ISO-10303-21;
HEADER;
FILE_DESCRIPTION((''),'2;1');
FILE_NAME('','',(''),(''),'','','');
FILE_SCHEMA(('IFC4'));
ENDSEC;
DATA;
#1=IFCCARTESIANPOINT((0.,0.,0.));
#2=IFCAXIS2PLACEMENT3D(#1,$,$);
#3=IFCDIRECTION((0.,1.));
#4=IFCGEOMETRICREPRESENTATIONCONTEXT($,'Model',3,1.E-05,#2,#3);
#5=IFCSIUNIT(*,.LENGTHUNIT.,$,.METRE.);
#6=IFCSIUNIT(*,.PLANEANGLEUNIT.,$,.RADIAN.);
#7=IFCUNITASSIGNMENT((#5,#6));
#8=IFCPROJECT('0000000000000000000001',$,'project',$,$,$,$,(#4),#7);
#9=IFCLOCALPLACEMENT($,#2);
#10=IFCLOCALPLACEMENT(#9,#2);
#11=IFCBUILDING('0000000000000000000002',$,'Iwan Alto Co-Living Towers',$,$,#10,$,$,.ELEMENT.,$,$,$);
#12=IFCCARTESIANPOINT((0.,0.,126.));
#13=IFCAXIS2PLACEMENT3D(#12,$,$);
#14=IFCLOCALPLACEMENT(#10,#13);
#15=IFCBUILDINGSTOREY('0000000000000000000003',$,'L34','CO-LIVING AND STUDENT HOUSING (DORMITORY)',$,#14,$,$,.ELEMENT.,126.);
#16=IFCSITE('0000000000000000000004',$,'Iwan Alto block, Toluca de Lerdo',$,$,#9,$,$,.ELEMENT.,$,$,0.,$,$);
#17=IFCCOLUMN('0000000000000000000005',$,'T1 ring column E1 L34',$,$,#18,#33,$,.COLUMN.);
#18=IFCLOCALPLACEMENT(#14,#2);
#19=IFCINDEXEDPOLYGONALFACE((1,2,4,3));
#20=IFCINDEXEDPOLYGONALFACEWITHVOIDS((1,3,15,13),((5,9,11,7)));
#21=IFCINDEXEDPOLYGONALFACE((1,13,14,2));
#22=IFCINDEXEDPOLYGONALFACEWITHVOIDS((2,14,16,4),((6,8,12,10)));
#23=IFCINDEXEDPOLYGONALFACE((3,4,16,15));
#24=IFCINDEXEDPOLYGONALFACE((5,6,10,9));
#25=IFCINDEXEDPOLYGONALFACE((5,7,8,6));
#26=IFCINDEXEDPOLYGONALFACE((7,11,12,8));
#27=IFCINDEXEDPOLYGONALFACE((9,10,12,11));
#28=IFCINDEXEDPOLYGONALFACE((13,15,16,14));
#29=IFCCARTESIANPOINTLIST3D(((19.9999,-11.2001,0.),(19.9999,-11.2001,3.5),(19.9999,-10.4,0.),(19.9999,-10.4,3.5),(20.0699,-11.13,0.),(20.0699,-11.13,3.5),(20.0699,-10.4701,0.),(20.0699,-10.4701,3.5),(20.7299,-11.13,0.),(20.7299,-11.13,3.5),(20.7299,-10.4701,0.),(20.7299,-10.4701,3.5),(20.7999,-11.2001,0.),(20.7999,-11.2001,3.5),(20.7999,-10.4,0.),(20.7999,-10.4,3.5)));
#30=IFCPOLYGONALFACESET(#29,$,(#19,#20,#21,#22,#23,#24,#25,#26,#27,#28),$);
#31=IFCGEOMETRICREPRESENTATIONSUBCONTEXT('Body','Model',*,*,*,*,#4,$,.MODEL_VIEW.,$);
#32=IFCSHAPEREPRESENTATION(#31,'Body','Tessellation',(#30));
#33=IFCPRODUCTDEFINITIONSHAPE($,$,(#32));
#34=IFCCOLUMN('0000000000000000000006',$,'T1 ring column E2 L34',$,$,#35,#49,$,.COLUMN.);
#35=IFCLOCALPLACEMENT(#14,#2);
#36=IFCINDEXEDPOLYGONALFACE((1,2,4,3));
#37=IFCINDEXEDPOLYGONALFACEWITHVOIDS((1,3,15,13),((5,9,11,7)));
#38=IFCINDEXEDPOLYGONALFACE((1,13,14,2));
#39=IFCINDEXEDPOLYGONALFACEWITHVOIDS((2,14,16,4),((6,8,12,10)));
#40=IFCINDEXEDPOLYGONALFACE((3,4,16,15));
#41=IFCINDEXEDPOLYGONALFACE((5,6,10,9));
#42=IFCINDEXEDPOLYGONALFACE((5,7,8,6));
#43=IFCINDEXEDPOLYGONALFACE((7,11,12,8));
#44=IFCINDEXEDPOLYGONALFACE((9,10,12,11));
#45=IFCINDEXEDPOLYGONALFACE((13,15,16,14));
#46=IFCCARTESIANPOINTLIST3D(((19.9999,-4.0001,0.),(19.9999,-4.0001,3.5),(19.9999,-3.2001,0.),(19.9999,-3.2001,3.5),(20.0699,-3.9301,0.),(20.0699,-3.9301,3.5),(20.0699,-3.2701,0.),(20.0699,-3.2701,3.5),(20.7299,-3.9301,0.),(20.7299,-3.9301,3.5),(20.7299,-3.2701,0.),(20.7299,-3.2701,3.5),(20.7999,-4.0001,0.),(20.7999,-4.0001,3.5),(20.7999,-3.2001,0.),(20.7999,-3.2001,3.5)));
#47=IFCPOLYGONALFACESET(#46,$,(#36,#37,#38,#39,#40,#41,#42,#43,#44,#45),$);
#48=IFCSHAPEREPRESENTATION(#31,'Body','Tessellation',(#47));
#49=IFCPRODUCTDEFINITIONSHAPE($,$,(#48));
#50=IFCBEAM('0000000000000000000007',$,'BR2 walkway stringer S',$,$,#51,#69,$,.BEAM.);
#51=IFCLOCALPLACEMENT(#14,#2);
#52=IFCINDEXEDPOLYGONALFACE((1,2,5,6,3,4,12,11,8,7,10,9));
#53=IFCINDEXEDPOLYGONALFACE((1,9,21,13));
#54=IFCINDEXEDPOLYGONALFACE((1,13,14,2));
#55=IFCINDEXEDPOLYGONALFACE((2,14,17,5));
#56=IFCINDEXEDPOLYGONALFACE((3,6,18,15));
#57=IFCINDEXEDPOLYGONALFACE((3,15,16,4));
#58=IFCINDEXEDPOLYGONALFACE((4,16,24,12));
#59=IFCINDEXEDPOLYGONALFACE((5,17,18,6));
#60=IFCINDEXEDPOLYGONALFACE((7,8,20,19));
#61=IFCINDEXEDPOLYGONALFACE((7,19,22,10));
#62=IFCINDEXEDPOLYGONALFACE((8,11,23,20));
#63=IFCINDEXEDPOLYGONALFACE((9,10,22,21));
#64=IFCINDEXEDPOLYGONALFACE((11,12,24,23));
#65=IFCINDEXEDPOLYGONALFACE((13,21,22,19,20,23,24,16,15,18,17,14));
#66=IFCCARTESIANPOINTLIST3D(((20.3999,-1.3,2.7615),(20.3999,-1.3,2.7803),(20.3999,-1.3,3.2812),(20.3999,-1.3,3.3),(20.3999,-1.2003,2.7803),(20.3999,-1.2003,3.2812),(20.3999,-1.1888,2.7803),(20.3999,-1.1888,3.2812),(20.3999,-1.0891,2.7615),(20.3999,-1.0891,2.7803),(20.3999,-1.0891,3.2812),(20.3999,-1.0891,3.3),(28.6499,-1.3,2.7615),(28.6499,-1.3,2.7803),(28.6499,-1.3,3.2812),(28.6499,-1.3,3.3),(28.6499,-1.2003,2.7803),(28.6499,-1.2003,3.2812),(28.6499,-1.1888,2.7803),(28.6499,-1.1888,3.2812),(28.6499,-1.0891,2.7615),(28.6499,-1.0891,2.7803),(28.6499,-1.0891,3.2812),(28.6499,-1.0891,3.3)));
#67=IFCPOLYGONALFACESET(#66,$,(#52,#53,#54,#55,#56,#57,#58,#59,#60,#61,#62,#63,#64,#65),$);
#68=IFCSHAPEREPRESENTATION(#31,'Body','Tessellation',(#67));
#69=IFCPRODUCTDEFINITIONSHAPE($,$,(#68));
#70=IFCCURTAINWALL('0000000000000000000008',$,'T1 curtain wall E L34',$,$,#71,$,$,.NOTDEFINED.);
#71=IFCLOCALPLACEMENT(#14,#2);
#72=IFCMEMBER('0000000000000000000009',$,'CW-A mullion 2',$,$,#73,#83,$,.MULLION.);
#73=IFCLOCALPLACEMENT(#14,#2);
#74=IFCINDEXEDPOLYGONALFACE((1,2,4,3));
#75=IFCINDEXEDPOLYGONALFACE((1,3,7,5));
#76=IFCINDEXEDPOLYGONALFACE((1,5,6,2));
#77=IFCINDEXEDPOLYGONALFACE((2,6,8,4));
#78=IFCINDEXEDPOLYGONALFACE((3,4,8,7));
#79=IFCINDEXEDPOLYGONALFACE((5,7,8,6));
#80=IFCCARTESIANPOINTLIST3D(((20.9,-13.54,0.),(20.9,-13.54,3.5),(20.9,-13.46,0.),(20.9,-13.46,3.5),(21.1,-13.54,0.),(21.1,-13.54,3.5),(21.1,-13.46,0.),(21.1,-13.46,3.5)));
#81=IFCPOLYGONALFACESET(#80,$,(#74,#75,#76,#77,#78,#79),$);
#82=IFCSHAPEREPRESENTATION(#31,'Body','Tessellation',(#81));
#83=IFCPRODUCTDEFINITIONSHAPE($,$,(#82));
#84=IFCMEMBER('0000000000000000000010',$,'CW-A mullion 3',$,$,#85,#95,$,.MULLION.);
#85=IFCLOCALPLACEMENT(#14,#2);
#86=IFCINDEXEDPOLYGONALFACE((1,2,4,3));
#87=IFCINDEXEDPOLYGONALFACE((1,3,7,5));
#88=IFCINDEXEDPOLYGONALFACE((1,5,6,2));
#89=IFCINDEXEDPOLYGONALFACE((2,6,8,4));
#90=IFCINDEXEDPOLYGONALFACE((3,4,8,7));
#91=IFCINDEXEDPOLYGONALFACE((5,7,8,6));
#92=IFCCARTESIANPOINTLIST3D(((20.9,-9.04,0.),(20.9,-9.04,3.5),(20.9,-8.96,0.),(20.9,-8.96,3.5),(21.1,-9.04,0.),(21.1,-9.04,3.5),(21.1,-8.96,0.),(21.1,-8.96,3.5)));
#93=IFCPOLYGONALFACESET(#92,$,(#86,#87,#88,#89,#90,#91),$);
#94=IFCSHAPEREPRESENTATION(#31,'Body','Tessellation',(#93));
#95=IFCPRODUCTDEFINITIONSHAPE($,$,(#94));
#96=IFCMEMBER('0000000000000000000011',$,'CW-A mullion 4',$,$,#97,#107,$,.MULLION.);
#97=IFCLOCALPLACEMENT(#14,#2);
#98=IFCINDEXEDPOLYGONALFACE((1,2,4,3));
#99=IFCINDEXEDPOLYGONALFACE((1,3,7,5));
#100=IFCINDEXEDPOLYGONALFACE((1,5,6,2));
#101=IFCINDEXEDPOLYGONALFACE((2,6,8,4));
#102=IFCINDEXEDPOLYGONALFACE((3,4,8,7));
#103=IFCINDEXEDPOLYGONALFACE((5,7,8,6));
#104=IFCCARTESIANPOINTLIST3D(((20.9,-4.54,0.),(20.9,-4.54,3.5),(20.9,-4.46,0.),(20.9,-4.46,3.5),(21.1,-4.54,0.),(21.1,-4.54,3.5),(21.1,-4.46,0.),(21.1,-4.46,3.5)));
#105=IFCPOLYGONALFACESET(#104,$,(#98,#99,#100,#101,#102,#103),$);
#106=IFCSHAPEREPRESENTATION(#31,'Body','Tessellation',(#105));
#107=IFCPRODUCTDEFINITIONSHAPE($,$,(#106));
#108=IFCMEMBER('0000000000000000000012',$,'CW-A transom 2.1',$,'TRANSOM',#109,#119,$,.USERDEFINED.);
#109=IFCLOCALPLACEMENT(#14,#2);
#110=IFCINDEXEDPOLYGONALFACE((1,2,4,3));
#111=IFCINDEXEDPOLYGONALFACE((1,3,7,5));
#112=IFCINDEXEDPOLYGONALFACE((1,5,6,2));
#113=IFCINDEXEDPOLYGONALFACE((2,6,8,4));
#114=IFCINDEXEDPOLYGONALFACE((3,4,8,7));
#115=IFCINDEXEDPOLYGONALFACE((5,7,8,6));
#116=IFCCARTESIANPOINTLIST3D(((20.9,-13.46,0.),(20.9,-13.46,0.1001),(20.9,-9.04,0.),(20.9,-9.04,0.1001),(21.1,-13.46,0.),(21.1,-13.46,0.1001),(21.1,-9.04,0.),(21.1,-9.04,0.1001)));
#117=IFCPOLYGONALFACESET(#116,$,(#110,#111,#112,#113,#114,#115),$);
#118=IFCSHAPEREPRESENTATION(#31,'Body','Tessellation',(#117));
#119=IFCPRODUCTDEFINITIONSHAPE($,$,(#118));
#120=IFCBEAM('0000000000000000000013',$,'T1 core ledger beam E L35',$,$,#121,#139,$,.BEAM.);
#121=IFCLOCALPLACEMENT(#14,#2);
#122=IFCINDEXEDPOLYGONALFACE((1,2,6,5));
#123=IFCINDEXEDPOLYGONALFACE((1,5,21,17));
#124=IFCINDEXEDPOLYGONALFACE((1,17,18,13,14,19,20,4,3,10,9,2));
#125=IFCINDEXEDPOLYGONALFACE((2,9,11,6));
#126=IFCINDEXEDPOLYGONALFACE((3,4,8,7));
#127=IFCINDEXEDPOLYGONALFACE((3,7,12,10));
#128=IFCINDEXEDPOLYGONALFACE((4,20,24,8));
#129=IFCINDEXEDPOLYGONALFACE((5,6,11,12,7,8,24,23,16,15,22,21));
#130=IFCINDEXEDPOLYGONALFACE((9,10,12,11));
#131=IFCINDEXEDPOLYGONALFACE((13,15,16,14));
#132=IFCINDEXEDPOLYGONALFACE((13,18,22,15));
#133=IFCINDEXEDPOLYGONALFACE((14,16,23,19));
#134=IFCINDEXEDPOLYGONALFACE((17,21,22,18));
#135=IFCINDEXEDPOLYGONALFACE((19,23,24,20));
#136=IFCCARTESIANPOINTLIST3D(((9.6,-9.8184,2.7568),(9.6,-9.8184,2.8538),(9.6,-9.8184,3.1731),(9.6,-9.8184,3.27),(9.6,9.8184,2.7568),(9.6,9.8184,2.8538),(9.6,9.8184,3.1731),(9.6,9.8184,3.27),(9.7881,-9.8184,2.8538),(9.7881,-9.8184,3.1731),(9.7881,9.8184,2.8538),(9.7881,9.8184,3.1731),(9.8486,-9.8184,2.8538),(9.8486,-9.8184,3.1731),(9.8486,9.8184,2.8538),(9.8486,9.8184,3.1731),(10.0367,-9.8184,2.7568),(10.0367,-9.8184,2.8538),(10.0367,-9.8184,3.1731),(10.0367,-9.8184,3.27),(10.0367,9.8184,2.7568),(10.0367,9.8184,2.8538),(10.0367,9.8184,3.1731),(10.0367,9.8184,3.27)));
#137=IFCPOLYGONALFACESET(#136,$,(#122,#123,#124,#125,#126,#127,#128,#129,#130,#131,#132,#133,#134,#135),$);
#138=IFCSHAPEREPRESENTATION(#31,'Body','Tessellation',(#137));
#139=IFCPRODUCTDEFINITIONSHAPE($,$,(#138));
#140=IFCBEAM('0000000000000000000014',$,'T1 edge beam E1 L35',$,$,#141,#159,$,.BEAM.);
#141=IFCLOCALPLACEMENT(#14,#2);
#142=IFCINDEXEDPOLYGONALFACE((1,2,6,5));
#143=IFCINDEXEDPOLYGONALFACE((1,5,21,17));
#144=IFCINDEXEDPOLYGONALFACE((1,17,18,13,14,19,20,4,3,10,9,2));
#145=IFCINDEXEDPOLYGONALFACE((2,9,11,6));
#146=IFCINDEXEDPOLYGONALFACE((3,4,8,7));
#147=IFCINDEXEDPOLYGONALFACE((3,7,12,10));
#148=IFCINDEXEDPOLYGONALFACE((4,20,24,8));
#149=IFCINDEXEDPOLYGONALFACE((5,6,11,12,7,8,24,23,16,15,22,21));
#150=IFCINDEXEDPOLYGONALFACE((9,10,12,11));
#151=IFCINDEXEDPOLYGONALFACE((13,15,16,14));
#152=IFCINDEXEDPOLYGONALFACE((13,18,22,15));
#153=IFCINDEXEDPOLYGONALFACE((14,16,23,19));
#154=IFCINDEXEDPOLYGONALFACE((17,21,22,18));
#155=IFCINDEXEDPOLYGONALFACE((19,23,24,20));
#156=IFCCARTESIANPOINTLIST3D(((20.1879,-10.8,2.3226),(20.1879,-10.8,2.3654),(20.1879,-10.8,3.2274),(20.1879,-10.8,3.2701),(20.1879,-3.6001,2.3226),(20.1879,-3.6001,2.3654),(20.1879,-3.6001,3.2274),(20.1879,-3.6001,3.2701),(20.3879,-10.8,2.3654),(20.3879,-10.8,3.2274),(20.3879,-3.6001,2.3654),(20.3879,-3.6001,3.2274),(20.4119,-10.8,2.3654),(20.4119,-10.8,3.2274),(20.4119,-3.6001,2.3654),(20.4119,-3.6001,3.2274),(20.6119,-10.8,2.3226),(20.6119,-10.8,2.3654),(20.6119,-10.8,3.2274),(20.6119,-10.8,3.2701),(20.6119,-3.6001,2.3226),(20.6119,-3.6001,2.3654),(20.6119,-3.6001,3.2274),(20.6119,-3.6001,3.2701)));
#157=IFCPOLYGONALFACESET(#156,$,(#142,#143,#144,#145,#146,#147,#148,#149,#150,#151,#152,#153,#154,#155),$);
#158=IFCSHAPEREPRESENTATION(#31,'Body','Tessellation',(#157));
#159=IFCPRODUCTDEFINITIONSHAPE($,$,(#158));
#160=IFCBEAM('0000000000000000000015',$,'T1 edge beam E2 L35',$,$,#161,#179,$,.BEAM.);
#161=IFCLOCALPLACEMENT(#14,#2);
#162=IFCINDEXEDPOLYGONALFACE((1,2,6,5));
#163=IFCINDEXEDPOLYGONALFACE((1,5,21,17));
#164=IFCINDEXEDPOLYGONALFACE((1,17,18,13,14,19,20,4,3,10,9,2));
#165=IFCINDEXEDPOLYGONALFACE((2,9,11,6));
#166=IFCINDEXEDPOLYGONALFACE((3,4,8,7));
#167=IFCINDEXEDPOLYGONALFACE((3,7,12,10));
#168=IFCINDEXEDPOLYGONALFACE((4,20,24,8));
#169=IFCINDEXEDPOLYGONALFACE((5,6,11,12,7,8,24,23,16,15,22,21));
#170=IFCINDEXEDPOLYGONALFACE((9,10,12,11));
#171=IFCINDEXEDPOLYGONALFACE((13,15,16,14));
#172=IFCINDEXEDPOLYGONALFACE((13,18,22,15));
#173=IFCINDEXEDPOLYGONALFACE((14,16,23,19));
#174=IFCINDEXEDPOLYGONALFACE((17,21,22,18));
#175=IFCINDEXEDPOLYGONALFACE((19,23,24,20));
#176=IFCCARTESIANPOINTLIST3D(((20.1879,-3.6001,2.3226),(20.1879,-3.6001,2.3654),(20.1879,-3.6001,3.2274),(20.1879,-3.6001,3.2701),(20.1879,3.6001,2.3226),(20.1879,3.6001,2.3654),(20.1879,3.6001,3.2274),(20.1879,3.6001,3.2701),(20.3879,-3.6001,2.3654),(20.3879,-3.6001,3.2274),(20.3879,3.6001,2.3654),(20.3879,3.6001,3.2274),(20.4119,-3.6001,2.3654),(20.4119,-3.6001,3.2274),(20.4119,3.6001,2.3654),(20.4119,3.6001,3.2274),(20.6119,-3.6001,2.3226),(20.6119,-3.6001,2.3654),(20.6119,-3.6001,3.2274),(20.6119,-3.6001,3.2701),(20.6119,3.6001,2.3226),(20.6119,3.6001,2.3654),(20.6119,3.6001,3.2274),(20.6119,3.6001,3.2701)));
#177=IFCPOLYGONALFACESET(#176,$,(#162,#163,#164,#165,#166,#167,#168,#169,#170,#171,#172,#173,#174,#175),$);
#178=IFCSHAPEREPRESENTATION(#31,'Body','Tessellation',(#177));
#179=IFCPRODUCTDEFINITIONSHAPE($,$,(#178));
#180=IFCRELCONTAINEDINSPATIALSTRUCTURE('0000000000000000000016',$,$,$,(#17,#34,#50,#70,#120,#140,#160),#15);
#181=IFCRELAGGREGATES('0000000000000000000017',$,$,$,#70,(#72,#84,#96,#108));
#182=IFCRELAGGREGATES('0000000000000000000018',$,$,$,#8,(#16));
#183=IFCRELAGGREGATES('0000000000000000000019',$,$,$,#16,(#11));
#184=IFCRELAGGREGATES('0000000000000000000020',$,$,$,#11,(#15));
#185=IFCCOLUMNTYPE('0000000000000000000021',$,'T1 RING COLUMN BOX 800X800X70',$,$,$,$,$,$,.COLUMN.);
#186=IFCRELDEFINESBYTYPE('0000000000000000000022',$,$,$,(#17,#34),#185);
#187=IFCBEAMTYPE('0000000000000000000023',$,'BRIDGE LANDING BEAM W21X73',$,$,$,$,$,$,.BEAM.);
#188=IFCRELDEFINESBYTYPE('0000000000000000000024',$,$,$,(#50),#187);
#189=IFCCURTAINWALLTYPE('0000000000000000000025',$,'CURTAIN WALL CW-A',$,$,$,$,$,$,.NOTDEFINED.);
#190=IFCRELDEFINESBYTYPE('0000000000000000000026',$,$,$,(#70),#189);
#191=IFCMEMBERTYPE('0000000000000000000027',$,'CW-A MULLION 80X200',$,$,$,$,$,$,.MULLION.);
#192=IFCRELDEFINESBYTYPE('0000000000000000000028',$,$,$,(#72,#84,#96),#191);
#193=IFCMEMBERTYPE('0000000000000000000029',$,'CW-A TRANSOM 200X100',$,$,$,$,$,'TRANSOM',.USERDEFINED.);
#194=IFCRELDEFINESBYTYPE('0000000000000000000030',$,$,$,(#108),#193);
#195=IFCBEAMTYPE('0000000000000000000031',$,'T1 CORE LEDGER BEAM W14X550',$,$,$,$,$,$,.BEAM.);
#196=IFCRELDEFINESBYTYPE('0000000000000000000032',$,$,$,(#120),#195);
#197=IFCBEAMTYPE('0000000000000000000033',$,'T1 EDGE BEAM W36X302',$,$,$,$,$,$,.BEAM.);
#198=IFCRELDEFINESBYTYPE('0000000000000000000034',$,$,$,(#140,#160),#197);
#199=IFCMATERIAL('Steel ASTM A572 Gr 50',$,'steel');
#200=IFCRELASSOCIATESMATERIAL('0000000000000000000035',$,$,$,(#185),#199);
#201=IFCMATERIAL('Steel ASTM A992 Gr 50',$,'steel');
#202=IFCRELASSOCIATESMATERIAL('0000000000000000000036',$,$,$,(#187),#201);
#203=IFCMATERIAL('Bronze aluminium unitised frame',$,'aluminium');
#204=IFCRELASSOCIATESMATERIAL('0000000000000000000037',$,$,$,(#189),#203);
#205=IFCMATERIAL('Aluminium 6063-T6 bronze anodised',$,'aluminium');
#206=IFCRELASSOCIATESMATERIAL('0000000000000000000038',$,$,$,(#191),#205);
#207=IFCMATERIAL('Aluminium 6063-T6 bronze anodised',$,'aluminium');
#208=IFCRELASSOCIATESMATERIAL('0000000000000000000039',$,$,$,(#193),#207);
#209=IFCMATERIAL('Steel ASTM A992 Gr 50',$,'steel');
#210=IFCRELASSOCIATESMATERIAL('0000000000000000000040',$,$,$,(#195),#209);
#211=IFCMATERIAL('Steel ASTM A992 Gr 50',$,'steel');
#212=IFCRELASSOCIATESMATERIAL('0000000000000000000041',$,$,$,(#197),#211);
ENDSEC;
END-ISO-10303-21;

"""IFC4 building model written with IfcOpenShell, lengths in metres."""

from ifc_helpers import new_model, si_unit, direction, frame, origin, origin_2d, place, context, subcontext, project, spatial, rectangle, hollow_rectangle, i_section, extrude, material, material_profile, profile_set, type_object, element, aggregate, save


model = new_model("IFC4")

# Units and contexts
model_context = context("Model", 3, precision=1e-05, world=origin(), true_north=direction((0.0, 1.0)))
body_context = subcontext(model_context, "Body", "Model", "MODEL_VIEW")
ifc_project = project(units=[si_unit("LENGTHUNIT", "METRE"), si_unit("PLANEANGLEUNIT", "RADIAN")], contexts=[model_context])

# Site, building, storey
site_placement = place(None, origin())
site = spatial("IfcSite", under=ifc_project, at=site_placement, Name="Iwan Alto block, Toluca de Lerdo", CompositionType="ELEMENT", RefElevation=0.0)
building_placement = place(site_placement, origin())
building = spatial("IfcBuilding", under=site, at=building_placement, Name="Iwan Alto Co-Living Towers", CompositionType="ELEMENT")
storey_placement = place(building_placement, frame((0.0, 0.0, 126.0)))
storey = spatial("IfcBuildingStorey", under=building, at=storey_placement, Name="L34", Description="CO-LIVING AND STUDENT HOUSING (DORMITORY)", CompositionType="ELEMENT", Elevation=126.0)

# Columns
ifc_material_1 = material(Name="Steel ASTM A572 Gr 50", Category="steel")
ifc_material_profile_1 = material_profile(ifc_material_1, hollow_rectangle(XDim=0.8, YDim=0.8, WallThickness=0.0701, at=origin_2d()), Name="BOX 800X800X70")
ifc_profile_set_1 = profile_set([ifc_material_profile_1], Name="Steel ASTM A572 Gr 50")
column_type = type_object("IfcColumnType", Name="T1 RING COLUMN BOX 800X800X70", PredefinedType="COLUMN", material=ifc_profile_set_1)
for number, where, z_axis, x_axis, name in (
    (1, (20.3999, -10.8, 0.0), (0.0, 0.0, 1.0), (1.0, 0.0, 0.0), "T1 ring column E1 L34"),
    (2, (20.3999, -3.6001, 0.0), (0.0, 0.0, 1.0), (1.0, 0.0, 0.0), "T1 ring column E2 L34"),
):
    element("IfcColumn", number, at=place(storey_placement, frame(where, z_axis=z_axis, x_axis=x_axis)), inside=storey, type_object=column_type, Name=name, PredefinedType="COLUMN", context=body_context, shape_type="SweptSolid", body=[
        extrude(hollow_rectangle(XDim=0.8, YDim=0.8, WallThickness=0.0701, at=origin_2d()), origin(), (0.0, 0.0, 1.0), 3.5),
    ])

# Beam
ifc_material_2 = material(Name="Steel ASTM A992 Gr 50", Category="steel")
ifc_material_profile_2 = material_profile(ifc_material_2, i_section(OverallWidth=0.2109, OverallDepth=0.5386, WebThickness=0.0115, FlangeThickness=0.0188, at=origin_2d()), Name="W21X73")
ifc_profile_set_2 = profile_set([ifc_material_profile_2], Name="Steel ASTM A992 Gr 50")
beam_type_1 = type_object("IfcBeamType", Name="BRIDGE LANDING BEAM W21X73", PredefinedType="BEAM", material=ifc_profile_set_2)
beam_1_placement = place(storey_placement, frame((20.3999, -1.1946, 3.0308), z_axis=(1.0, 0.0, 0.0), x_axis=(0.0, 1.0, 0.0)))
element("IfcBeam", 3, at=beam_1_placement, inside=storey, type_object=beam_type_1, Name="BR2 walkway stringer S", PredefinedType="BEAM", context=body_context, shape_type="SweptSolid", body=[
    extrude(i_section(OverallWidth=0.2109, OverallDepth=0.5386, WebThickness=0.0115, FlangeThickness=0.0188, at=origin_2d()), origin(), (0.0, 0.0, 1.0), 8.25),
])

# Curtain wall, members
ifc_material_3 = material(Name="Bronze aluminium unitised frame", Category="aluminium")
curtain_wall_type = type_object("IfcCurtainWallType", Name="CURTAIN WALL CW-A", PredefinedType="NOTDEFINED", material=ifc_material_3)
curtain_wall_placement = place(storey_placement, origin())
curtain_wall = element("IfcCurtainWall", 4, at=curtain_wall_placement, inside=storey, type_object=curtain_wall_type, Name="T1 curtain wall E L34", PredefinedType="NOTDEFINED")
ifc_material_4 = material(Name="Aluminium 6063-T6 bronze anodised", Category="aluminium")
ifc_material_profile_3 = material_profile(ifc_material_4, rectangle(XDim=0.2, YDim=0.0801, at=origin_2d()), Name="AL 80X200")
ifc_profile_set_3 = profile_set([ifc_material_profile_3], Name="Aluminium 6063-T6 bronze anodised")
member_type_1 = type_object("IfcMemberType", Name="CW-A MULLION 80X200", PredefinedType="MULLION", material=ifc_profile_set_3)
member_1_placement = place(storey_placement, frame((21.0, -13.5, 0.0), z_axis=(0.0, 0.0, 1.0), x_axis=(-1.0, 0.0, 0.0)))
member_1 = element("IfcMember", 5, at=member_1_placement, type_object=member_type_1, Name="CW-A mullion 2", PredefinedType="MULLION", context=body_context, shape_type="SweptSolid", body=[
    extrude(rectangle(XDim=0.2, YDim=0.0801, at=origin_2d()), origin(), (0.0, 0.0, 1.0), 3.5),
])
member_2_placement = place(storey_placement, frame((21.0, -9.0, 0.0), z_axis=(0.0, 0.0, 1.0), x_axis=(-1.0, 0.0, 0.0)))
member_2 = element("IfcMember", 6, at=member_2_placement, type_object=member_type_1, Name="CW-A mullion 3", PredefinedType="MULLION", context=body_context, shape_type="SweptSolid", body=[
    extrude(rectangle(XDim=0.2, YDim=0.0801, at=origin_2d()), origin(), (0.0, 0.0, 1.0), 3.5),
])
member_3_placement = place(storey_placement, frame((21.0, -4.5, 0.0), z_axis=(0.0, 0.0, 1.0), x_axis=(-1.0, 0.0, 0.0)))
member_3 = element("IfcMember", 7, at=member_3_placement, type_object=member_type_1, Name="CW-A mullion 4", PredefinedType="MULLION", context=body_context, shape_type="SweptSolid", body=[
    extrude(rectangle(XDim=0.2, YDim=0.0801, at=origin_2d()), origin(), (0.0, 0.0, 1.0), 3.5),
])
ifc_material_5 = material(Name="Aluminium 6063-T6 bronze anodised", Category="aluminium")
ifc_material_profile_4 = material_profile(ifc_material_5, rectangle(XDim=0.2, YDim=0.1001, at=origin_2d()), Name="AL 200X100")
ifc_profile_set_4 = profile_set([ifc_material_profile_4], Name="Aluminium 6063-T6 bronze anodised")
member_type_2 = type_object("IfcMemberType", Name="CW-A TRANSOM 200X100", ElementType="TRANSOM", PredefinedType="USERDEFINED", material=ifc_profile_set_4)
member_4_placement = place(storey_placement, frame((21.0, -13.46, 0.05), z_axis=(0.0, 1.0, 0.0), x_axis=(-1.0, 0.0, 0.0)))
member_4 = element("IfcMember", 8, at=member_4_placement, type_object=member_type_2, Name="CW-A transom 2.1", ObjectType="TRANSOM", PredefinedType="USERDEFINED", context=body_context, shape_type="SweptSolid", body=[
    extrude(rectangle(XDim=0.2, YDim=0.1001, at=origin_2d()), origin(), (0.0, 0.0, 1.0), 4.4199),
])
aggregate(curtain_wall, [member_1, member_2, member_3, member_4])

# Beams
ifc_material_6 = material(Name="Steel ASTM A992 Gr 50", Category="steel")
ifc_material_profile_5 = material_profile(ifc_material_6, i_section(OverallWidth=0.4368, OverallDepth=0.5132, WebThickness=0.0605, FlangeThickness=0.0969, at=origin_2d()), Name="W14X550")
ifc_profile_set_5 = profile_set([ifc_material_profile_5], Name="Steel ASTM A992 Gr 50")
beam_type_2 = type_object("IfcBeamType", Name="T1 CORE LEDGER BEAM W14X550", PredefinedType="BEAM", material=ifc_profile_set_5)
beam_2_placement = place(storey_placement, frame((9.8184, -9.8184, 3.0134), z_axis=(0.0, 1.0, 0.0), x_axis=(-1.0, 0.0, 0.0)))
element("IfcBeam", 9, at=beam_2_placement, inside=storey, type_object=beam_type_2, Name="T1 core ledger beam E L35", PredefinedType="BEAM", context=body_context, shape_type="SweptSolid", body=[
    extrude(i_section(OverallWidth=0.4368, OverallDepth=0.5132, WebThickness=0.0605, FlangeThickness=0.0969, at=origin_2d()), origin(), (0.0, 0.0, 1.0), 19.6367),
])
ifc_material_7 = material(Name="Steel ASTM A992 Gr 50", Category="steel")
ifc_material_profile_6 = material_profile(ifc_material_7, i_section(OverallWidth=0.4241, OverallDepth=0.9475, WebThickness=0.0239, FlangeThickness=0.0427, at=origin_2d()), Name="W36X302")
ifc_profile_set_6 = profile_set([ifc_material_profile_6], Name="Steel ASTM A992 Gr 50")
beam_type_3 = type_object("IfcBeamType", Name="T1 EDGE BEAM W36X302", PredefinedType="BEAM", material=ifc_profile_set_6)
beam_3_placement = place(storey_placement, frame((20.3999, -10.8, 2.7964), z_axis=(0.0, 1.0, 0.0), x_axis=(-1.0, 0.0, 0.0)))
element("IfcBeam", 10, at=beam_3_placement, inside=storey, type_object=beam_type_3, Name="T1 edge beam E1 L35", PredefinedType="BEAM", context=body_context, shape_type="SweptSolid", body=[
    extrude(i_section(OverallWidth=0.4241, OverallDepth=0.9475, WebThickness=0.0239, FlangeThickness=0.0427, at=origin_2d()), origin(), (0.0, 0.0, 1.0), 7.2),
])
beam_4_placement = place(storey_placement, frame((20.3999, -3.6001, 2.7964), z_axis=(0.0, 1.0, 0.0), x_axis=(-1.0, 0.0, 0.0)))
element("IfcBeam", 11, at=beam_4_placement, inside=storey, type_object=beam_type_3, Name="T1 edge beam E2 L35", PredefinedType="BEAM", context=body_context, shape_type="SweptSolid", body=[
    extrude(i_section(OverallWidth=0.4241, OverallDepth=0.9475, WebThickness=0.0239, FlangeThickness=0.0427, at=origin_2d()), origin(), (0.0, 0.0, 1.0), 7.2002),
])

save(model, "model.ifc")
